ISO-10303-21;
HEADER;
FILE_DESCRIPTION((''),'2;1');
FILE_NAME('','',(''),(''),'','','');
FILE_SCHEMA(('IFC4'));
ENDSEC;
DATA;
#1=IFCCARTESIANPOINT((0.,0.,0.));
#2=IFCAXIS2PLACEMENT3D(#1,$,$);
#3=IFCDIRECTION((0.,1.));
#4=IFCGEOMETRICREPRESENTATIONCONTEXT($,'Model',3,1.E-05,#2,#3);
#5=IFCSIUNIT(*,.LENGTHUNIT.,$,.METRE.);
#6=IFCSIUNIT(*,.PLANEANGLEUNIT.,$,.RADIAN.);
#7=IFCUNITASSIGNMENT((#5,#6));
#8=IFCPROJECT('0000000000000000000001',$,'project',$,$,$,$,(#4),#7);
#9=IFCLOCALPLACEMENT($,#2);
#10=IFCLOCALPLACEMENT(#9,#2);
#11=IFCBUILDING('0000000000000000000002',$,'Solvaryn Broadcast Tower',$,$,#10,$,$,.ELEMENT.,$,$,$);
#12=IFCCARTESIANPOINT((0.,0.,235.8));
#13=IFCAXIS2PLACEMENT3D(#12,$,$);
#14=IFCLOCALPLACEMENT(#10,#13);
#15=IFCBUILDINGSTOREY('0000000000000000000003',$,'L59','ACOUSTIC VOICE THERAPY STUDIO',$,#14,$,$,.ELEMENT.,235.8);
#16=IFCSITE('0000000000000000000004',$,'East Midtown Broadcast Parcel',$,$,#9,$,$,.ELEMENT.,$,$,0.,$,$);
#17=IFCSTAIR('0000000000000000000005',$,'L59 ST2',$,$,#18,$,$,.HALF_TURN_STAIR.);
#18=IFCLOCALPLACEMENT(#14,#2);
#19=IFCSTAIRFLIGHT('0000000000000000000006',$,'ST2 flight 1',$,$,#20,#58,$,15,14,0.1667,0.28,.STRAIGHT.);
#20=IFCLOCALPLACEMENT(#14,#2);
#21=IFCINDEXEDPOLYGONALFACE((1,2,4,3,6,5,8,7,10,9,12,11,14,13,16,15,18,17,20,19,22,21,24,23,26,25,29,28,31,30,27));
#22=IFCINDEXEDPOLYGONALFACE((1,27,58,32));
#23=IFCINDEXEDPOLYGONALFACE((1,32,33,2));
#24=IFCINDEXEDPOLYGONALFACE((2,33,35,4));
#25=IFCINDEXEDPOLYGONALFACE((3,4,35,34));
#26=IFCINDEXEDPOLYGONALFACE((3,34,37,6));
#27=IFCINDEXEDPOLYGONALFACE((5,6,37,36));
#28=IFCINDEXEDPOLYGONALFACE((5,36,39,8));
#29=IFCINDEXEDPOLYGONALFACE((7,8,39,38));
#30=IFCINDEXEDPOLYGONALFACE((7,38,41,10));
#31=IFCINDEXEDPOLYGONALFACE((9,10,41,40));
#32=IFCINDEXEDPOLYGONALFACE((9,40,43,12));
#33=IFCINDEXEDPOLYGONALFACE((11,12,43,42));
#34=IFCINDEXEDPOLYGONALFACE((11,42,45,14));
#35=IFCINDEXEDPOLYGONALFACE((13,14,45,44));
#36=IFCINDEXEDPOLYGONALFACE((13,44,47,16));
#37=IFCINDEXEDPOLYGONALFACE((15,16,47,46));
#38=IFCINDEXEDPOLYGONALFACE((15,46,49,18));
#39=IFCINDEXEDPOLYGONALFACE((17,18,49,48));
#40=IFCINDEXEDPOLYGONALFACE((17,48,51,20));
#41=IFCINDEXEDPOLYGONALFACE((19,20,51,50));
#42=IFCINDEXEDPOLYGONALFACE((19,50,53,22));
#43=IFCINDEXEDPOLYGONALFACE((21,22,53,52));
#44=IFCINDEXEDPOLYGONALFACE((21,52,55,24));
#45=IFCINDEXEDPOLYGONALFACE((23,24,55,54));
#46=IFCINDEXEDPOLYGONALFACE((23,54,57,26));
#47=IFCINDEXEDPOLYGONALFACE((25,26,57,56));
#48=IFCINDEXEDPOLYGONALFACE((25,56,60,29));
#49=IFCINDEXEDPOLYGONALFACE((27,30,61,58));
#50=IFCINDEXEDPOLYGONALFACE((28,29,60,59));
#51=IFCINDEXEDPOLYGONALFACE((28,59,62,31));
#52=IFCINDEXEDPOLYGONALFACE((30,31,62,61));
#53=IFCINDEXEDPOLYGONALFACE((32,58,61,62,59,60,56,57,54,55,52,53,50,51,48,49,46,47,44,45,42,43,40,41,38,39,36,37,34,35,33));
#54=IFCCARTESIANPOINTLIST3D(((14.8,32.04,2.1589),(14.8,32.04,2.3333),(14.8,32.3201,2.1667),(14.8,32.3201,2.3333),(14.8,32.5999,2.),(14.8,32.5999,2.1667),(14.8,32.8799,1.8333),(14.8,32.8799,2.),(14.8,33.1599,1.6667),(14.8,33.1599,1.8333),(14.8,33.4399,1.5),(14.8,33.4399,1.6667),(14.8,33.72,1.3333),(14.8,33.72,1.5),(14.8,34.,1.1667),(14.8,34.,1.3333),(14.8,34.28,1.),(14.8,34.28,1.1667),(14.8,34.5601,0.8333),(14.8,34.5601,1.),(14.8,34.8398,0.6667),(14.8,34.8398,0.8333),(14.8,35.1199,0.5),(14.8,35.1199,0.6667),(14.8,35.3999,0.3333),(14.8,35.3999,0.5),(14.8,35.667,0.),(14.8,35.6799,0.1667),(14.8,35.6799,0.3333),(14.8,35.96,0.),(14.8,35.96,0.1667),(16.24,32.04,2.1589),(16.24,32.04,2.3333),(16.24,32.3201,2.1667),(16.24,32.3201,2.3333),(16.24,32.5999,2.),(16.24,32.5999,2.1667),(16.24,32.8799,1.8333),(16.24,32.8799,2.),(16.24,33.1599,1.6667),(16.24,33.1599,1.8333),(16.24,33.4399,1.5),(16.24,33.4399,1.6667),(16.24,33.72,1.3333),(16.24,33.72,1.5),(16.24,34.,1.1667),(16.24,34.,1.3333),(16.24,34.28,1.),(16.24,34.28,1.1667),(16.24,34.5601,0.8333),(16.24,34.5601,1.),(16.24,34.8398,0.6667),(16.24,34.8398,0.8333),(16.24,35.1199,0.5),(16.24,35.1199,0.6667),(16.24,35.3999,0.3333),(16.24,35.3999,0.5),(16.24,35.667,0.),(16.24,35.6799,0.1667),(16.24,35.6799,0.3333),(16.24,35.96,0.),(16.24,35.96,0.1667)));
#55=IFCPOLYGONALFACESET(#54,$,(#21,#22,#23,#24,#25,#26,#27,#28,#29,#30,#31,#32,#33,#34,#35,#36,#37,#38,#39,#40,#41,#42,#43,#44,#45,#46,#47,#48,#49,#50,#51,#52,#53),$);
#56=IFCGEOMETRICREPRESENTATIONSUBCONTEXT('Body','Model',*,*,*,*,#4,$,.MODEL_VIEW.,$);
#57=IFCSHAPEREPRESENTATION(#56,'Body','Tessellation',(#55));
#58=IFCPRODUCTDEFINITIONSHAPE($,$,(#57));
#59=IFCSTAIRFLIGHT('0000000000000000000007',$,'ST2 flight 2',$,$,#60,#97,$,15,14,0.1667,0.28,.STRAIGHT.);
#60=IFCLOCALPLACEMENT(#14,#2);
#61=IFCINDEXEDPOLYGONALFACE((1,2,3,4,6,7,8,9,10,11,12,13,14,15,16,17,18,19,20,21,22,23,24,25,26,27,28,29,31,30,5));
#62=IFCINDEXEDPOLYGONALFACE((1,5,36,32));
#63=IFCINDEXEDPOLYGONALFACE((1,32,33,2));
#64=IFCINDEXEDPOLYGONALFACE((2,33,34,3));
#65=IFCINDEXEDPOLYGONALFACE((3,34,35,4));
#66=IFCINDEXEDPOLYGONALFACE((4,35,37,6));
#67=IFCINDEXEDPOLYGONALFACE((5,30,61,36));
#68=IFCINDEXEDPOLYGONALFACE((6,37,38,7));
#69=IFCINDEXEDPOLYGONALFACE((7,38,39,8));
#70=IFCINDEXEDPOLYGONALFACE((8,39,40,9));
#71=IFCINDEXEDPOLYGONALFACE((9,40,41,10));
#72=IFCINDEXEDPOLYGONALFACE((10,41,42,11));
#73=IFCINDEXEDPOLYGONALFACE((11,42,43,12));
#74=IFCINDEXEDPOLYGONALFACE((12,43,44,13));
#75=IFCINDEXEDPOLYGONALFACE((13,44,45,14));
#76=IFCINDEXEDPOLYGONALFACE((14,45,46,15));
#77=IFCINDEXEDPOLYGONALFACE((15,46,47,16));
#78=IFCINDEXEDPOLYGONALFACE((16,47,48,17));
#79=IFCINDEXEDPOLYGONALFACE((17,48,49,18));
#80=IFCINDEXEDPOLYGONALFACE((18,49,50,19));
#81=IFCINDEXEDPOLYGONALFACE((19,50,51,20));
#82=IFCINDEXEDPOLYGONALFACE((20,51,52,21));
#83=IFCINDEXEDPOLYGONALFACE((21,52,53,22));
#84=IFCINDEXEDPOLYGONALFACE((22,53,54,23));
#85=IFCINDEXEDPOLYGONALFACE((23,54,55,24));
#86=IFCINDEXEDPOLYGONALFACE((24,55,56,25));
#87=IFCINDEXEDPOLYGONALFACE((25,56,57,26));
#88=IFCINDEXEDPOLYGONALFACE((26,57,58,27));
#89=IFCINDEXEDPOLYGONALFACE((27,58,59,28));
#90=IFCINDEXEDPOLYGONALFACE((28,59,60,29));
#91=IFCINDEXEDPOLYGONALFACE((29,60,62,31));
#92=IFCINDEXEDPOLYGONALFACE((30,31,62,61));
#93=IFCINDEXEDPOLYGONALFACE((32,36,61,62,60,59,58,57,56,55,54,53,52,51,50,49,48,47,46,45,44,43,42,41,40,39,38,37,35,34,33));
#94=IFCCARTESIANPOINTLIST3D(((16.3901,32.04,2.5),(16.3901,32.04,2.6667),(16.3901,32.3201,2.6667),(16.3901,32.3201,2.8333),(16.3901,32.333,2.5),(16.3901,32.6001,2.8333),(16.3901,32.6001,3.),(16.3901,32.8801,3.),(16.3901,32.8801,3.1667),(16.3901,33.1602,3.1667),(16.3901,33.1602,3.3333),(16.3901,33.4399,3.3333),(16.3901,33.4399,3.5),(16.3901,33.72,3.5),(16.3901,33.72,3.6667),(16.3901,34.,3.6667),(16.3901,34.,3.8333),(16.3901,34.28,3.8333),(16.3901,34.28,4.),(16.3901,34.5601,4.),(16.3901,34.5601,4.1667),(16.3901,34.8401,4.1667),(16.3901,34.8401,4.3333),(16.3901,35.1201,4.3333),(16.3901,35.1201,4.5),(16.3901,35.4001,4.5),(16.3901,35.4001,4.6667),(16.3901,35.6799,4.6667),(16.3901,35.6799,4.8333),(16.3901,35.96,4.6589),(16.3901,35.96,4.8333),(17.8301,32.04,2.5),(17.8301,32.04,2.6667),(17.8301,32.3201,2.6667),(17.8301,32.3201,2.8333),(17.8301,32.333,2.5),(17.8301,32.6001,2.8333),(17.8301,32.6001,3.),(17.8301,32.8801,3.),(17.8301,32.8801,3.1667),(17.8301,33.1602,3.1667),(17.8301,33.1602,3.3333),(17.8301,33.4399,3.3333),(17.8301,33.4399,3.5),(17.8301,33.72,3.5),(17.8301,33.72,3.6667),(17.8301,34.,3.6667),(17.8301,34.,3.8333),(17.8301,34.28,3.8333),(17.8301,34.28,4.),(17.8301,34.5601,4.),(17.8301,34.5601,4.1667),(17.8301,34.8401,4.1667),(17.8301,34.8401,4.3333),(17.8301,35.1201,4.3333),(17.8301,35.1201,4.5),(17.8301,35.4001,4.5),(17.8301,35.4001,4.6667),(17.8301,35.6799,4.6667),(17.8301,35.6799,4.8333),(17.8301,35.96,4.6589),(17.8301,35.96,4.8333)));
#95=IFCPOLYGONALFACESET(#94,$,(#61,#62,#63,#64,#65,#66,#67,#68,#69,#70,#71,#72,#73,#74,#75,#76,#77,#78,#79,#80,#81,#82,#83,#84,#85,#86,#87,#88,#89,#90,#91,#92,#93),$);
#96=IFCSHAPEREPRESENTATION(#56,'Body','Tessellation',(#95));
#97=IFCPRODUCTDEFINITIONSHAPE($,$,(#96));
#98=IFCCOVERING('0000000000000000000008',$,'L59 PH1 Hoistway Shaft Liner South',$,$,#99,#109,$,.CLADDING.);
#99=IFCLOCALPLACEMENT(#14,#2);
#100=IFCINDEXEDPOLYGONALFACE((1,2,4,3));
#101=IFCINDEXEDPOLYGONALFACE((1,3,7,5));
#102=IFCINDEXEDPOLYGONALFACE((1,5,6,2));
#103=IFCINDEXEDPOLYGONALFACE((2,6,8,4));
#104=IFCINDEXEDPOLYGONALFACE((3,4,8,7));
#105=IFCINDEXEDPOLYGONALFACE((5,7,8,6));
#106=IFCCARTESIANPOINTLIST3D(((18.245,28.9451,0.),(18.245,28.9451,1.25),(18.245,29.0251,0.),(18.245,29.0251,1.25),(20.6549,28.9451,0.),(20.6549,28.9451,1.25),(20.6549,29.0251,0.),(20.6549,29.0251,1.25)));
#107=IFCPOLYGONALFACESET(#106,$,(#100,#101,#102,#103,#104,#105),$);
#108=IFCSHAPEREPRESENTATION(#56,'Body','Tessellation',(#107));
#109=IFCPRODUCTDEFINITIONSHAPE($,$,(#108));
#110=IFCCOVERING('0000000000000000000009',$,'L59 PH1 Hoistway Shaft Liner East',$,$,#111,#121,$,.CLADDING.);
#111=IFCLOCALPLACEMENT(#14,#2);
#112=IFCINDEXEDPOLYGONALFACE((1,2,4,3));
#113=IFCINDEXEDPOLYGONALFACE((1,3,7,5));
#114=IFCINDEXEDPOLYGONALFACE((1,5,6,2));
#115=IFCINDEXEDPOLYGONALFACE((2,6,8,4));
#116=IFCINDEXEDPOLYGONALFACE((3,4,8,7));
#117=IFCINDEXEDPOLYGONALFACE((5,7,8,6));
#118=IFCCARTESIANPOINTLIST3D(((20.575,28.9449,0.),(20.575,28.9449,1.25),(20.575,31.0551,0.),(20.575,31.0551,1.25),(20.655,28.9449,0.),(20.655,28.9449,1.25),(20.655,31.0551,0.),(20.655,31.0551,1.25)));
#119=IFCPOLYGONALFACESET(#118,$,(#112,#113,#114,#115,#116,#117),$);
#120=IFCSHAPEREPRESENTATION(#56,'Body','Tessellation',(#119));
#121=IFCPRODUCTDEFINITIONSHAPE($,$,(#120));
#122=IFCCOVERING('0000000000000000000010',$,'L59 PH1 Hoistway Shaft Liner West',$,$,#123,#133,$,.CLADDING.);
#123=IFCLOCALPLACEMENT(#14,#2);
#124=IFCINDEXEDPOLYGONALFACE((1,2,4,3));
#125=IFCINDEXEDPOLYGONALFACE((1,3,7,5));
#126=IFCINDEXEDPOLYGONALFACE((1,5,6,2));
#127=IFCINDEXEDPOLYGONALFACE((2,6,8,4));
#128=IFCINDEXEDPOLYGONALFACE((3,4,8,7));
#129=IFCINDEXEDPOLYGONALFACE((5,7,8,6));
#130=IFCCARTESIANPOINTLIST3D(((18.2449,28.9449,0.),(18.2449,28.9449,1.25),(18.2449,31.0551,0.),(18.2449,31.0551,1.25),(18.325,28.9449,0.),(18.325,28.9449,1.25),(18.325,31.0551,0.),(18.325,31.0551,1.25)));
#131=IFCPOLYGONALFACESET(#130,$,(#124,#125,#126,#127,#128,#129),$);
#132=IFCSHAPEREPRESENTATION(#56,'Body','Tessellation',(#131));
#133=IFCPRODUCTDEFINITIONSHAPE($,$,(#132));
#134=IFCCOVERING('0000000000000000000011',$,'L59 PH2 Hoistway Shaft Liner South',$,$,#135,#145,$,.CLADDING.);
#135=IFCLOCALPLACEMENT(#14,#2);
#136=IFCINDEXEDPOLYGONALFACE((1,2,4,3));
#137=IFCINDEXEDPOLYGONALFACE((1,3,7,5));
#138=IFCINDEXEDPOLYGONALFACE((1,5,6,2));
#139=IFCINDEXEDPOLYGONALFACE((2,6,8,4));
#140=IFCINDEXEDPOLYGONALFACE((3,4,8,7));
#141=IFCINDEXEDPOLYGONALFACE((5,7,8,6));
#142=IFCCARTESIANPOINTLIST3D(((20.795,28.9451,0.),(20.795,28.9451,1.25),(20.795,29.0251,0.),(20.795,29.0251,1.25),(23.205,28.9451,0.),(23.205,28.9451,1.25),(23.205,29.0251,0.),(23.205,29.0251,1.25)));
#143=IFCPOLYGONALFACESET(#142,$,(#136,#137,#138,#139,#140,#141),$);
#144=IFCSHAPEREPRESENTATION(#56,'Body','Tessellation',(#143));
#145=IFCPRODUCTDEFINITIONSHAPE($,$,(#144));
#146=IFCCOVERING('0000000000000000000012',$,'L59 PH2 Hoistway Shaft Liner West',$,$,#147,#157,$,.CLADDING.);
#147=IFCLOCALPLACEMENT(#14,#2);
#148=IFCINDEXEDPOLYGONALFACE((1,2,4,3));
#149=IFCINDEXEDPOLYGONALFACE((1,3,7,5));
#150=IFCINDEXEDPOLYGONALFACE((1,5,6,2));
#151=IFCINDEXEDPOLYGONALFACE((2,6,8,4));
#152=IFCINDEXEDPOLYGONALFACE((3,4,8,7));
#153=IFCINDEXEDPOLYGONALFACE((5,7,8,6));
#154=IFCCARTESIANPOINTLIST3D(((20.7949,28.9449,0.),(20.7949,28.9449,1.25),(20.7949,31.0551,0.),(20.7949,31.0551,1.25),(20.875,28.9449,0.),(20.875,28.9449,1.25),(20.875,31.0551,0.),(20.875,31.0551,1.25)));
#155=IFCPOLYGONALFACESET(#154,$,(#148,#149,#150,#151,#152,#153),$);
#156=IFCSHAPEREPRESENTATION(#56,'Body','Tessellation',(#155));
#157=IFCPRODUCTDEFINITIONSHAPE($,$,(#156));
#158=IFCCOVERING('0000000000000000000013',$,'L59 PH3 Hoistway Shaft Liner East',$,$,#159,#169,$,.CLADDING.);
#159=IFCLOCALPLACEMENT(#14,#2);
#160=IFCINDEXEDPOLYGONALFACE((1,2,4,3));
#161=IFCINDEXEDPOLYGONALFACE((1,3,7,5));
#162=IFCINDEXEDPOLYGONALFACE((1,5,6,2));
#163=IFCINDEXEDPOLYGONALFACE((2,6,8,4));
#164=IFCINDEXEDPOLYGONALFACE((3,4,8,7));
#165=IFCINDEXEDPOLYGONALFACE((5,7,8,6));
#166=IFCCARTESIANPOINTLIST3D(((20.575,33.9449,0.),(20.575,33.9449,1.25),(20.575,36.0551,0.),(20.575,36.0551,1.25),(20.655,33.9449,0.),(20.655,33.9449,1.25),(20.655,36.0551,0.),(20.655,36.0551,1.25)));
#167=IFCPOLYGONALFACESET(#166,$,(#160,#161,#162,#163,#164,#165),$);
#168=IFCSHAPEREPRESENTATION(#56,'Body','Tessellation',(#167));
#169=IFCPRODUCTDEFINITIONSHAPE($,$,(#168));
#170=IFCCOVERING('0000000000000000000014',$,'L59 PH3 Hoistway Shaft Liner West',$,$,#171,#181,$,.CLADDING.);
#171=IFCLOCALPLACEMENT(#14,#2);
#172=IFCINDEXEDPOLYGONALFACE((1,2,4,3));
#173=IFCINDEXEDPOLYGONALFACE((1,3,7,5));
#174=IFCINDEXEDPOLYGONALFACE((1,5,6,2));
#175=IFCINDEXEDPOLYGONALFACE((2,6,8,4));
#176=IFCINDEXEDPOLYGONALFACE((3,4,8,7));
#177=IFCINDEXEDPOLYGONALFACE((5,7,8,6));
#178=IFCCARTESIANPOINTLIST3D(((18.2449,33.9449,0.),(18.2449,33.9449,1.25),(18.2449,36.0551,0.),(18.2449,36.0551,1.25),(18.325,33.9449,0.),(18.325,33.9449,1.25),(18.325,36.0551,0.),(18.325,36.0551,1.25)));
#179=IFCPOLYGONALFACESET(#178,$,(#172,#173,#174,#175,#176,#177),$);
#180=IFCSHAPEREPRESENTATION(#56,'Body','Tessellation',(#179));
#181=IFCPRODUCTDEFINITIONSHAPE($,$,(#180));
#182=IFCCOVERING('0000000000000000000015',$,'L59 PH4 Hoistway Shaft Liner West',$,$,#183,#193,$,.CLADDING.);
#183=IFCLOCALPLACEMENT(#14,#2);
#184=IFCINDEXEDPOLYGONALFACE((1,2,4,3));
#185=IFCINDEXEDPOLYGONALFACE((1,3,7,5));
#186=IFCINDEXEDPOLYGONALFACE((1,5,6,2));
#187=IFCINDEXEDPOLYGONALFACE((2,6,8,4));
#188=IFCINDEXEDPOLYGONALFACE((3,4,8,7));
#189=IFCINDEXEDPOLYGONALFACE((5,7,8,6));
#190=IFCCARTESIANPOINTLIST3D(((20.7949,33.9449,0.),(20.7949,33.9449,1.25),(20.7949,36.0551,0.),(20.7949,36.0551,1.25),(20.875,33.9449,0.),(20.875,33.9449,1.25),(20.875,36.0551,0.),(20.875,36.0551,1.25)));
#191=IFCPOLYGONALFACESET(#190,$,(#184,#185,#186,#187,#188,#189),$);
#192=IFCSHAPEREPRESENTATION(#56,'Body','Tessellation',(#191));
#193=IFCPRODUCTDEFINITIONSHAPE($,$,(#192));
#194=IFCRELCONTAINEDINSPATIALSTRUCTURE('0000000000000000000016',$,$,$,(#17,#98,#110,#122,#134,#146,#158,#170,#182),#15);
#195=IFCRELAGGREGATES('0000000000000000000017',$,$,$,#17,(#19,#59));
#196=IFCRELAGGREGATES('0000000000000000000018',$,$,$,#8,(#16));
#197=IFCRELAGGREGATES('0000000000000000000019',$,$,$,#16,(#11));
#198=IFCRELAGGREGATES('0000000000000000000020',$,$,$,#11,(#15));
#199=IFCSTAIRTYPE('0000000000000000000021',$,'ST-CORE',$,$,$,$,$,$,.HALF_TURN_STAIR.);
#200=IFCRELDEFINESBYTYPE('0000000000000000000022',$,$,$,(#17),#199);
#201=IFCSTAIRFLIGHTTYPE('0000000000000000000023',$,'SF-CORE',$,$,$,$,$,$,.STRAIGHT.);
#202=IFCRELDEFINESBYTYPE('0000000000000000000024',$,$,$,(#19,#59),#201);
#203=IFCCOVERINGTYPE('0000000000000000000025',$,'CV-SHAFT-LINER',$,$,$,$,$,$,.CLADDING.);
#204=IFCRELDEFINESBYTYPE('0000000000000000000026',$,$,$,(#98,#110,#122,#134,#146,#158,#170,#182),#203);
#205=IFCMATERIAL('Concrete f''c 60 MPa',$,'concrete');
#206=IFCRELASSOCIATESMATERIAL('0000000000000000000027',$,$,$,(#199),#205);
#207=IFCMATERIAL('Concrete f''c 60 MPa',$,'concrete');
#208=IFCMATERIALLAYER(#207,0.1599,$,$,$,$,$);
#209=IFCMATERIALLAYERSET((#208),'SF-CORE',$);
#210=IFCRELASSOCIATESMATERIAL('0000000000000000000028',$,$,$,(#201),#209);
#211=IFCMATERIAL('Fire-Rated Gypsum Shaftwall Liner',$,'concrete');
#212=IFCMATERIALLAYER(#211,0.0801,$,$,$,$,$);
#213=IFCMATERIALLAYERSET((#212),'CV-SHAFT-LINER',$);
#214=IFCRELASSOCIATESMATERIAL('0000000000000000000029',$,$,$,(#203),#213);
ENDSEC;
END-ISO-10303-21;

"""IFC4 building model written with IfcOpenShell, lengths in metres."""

from ifc_helpers import new_model, si_unit, direction, frame, origin, origin_2d, place, context, subcontext, project, spatial, polyline, rectangle, outline, extrude, material, layer, layer_set, type_object, element, aggregate, save


model = new_model("IFC4")

# Units and contexts
model_context = context("Model", 3, precision=1e-05, world=origin(), true_north=direction((0.0, 1.0)))
body_context = subcontext(model_context, "Body", "Model", "MODEL_VIEW")
ifc_project = project(units=[si_unit("LENGTHUNIT", "METRE"), si_unit("PLANEANGLEUNIT", "RADIAN")], contexts=[model_context])

# Site, building, storey
site_placement = place(None, origin())
site = spatial("IfcSite", under=ifc_project, at=site_placement, Name="East Midtown Broadcast Parcel", CompositionType="ELEMENT", RefElevation=0.0)
building_placement = place(site_placement, origin())
building = spatial("IfcBuilding", under=site, at=building_placement, Name="Solvaryn Broadcast Tower", CompositionType="ELEMENT")
storey_placement = place(building_placement, frame((0.0, 0.0, 235.8)))
storey = spatial("IfcBuildingStorey", under=building, at=storey_placement, Name="L59", Description="ACOUSTIC VOICE THERAPY STUDIO", CompositionType="ELEMENT", Elevation=235.8)

# Stair, stair flights
ifc_material_1 = material(Name="Concrete f'c 60 MPa", Category="concrete")
stair_type = type_object("IfcStairType", Name="ST-CORE", PredefinedType="HALF_TURN_STAIR", material=ifc_material_1)
stair_placement = place(storey_placement, origin())
stair = element("IfcStair", 1, at=stair_placement, inside=storey, type_object=stair_type, Name="L59 ST2", PredefinedType="HALF_TURN_STAIR")
ifc_material_2 = material(Name="Concrete f'c 60 MPa", Category="concrete")
ifc_layer_1 = layer(ifc_material_2, 0.1599)
ifc_layer_set_1 = layer_set([ifc_layer_1], Name="SF-CORE")
stair_flight_type = type_object("IfcStairFlightType", Name="SF-CORE", PredefinedType="STRAIGHT", material=ifc_layer_set_1)
stair_flight_1_placement = place(storey_placement, frame((15.52, 35.96, 0.0), z_axis=(0.0, 0.0, 1.0), x_axis=(0.0, -1.0, 0.0)))
stair_flight_1 = element("IfcStairFlight", 2, at=stair_flight_1_placement, type_object=stair_flight_type, Name="ST2 flight 1", NumberOfRisers=15, NumberOfTreads=14, PredefinedType="STRAIGHT", RiserHeight=0.1667, TreadLength=0.28, context=body_context, shape_type="SweptSolid", body=[
    extrude(outline(polyline([(0.0, 0.0), (0.0, 0.1667), (0.28, 0.1667), (0.28, 0.3333), (0.5601, 0.3333), (0.5601, 0.5), (0.8401, 0.5), (0.8401, 0.6667), (1.1201, 0.6667), (1.1201, 0.8333), (1.3999, 0.8333), (1.3999, 1.0), (1.6799, 1.0), (1.6799, 1.1667), (1.96, 1.1667), (1.96, 1.3333), (2.24, 1.3333), (2.24, 1.5), (2.52, 1.5), (2.52, 1.6667), (2.8, 1.6667), (2.8, 1.8333), (3.0801, 1.8333), (3.0801, 2.0), (3.3601, 2.0), (3.3601, 2.1667), (3.6399, 2.1667), (3.6399, 2.3333), (3.9199, 2.3333), (3.9199, 2.5), (3.9199, 2.1589), (0.293, 0.0), (0.0, 0.0)])), frame((0.0, 0.72, 0.0), z_axis=(0.0, -1.0, 0.0), x_axis=(1.0, 0.0, 0.0)), (0.0, 0.0, 1.0), 1.4399),
])
stair_flight_2_placement = place(storey_placement, frame((17.1101, 32.04, 2.5), z_axis=(0.0, 0.0, 1.0), x_axis=(0.0, 1.0, 0.0)))
stair_flight_2 = element("IfcStairFlight", 3, at=stair_flight_2_placement, type_object=stair_flight_type, Name="ST2 flight 2", NumberOfRisers=15, NumberOfTreads=14, PredefinedType="STRAIGHT", RiserHeight=0.1667, TreadLength=0.28, context=body_context, shape_type="SweptSolid", body=[
    extrude(outline(polyline([(0.0, 0.0), (0.0, 0.1667), (0.28, 0.1667), (0.28, 0.3333), (0.5601, 0.3333), (0.5601, 0.5), (0.8401, 0.5), (0.8401, 0.6667), (1.1201, 0.6667), (1.1201, 0.8333), (1.3999, 0.8333), (1.3999, 1.0), (1.6799, 1.0), (1.6799, 1.1667), (1.96, 1.1667), (1.96, 1.3333), (2.24, 1.3333), (2.24, 1.5), (2.52, 1.5), (2.52, 1.6667), (2.8, 1.6667), (2.8, 1.8333), (3.0801, 1.8333), (3.0801, 2.0), (3.3601, 2.0), (3.3601, 2.1667), (3.6399, 2.1667), (3.6399, 2.3333), (3.9199, 2.3333), (3.9199, 2.5), (3.9199, 2.1589), (0.293, 0.0), (0.0, 0.0)])), frame((0.0, 0.72, 0.0), z_axis=(0.0, -1.0, 0.0), x_axis=(1.0, 0.0, 0.0)), (0.0, 0.0, 1.0), 1.4399),
])
aggregate(stair, [stair_flight_1, stair_flight_2])

# Coverings
ifc_material_3 = material(Name="Fire-Rated Gypsum Shaftwall Liner", Category="concrete")
ifc_layer_2 = layer(ifc_material_3, 0.0801)
ifc_layer_set_2 = layer_set([ifc_layer_2], Name="CV-SHAFT-LINER")
covering_type = type_object("IfcCoveringType", Name="CV-SHAFT-LINER", PredefinedType="CLADDING", material=ifc_layer_set_2)
covering_1_placement = place(storey_placement, frame((19.45, 28.9851, 0.0), z_axis=(0.0, 0.0, 1.0), x_axis=(1.0, 0.0, 0.0)))
element("IfcCovering", 4, at=covering_1_placement, inside=storey, type_object=covering_type, Name="L59 PH1 Hoistway Shaft Liner South", PredefinedType="CLADDING", context=body_context, shape_type="SweptSolid", body=[
    extrude(rectangle(XDim=2.4099, YDim=0.0801, at=origin_2d()), origin(), (0.0, 0.0, 1.0), 1.25),
])
for number, where, z_axis, x_axis, name in (
    (5, (20.615, 30.0, 0.0), (0.0, 0.0, 1.0), (1.0, 0.0, 0.0), "L59 PH1 Hoistway Shaft Liner East"),
    (6, (18.2849, 30.0, 0.0), (0.0, 0.0, 1.0), (1.0, 0.0, 0.0), "L59 PH1 Hoistway Shaft Liner West"),
):
    element("IfcCovering", number, at=place(storey_placement, frame(where, z_axis=z_axis, x_axis=x_axis)), inside=storey, type_object=covering_type, Name=name, PredefinedType="CLADDING", context=body_context, shape_type="SweptSolid", body=[
        extrude(rectangle(XDim=0.0801, YDim=2.1101, at=origin_2d()), origin(), (0.0, 0.0, 1.0), 1.25),
    ])
covering_2_placement = place(storey_placement, frame((22.0, 28.9851, 0.0), z_axis=(0.0, 0.0, 1.0), x_axis=(1.0, 0.0, 0.0)))
element("IfcCovering", 7, at=covering_2_placement, inside=storey, type_object=covering_type, Name="L59 PH2 Hoistway Shaft Liner South", PredefinedType="CLADDING", context=body_context, shape_type="SweptSolid", body=[
    extrude(rectangle(XDim=2.4099, YDim=0.0801, at=origin_2d()), origin(), (0.0, 0.0, 1.0), 1.25),
])
for number, where, z_axis, x_axis, name in (
    (8, (20.835, 30.0, 0.0), (0.0, 0.0, 1.0), (1.0, 0.0, 0.0), "L59 PH2 Hoistway Shaft Liner West"),
    (9, (20.615, 35.0, 0.0), (0.0, 0.0, 1.0), (1.0, 0.0, 0.0), "L59 PH3 Hoistway Shaft Liner East"),
    (10, (18.2849, 35.0, 0.0), (0.0, 0.0, 1.0), (1.0, 0.0, 0.0), "L59 PH3 Hoistway Shaft Liner West"),
    (11, (20.835, 35.0, 0.0), (0.0, 0.0, 1.0), (1.0, 0.0, 0.0), "L59 PH4 Hoistway Shaft Liner West"),
):
    element("IfcCovering", number, at=place(storey_placement, frame(where, z_axis=z_axis, x_axis=x_axis)), inside=storey, type_object=covering_type, Name=name, PredefinedType="CLADDING", context=body_context, shape_type="SweptSolid", body=[
        extrude(rectangle(XDim=0.0801, YDim=2.1101, at=origin_2d()), origin(), (0.0, 0.0, 1.0), 1.25),
    ])

save(model, "model.ifc")
